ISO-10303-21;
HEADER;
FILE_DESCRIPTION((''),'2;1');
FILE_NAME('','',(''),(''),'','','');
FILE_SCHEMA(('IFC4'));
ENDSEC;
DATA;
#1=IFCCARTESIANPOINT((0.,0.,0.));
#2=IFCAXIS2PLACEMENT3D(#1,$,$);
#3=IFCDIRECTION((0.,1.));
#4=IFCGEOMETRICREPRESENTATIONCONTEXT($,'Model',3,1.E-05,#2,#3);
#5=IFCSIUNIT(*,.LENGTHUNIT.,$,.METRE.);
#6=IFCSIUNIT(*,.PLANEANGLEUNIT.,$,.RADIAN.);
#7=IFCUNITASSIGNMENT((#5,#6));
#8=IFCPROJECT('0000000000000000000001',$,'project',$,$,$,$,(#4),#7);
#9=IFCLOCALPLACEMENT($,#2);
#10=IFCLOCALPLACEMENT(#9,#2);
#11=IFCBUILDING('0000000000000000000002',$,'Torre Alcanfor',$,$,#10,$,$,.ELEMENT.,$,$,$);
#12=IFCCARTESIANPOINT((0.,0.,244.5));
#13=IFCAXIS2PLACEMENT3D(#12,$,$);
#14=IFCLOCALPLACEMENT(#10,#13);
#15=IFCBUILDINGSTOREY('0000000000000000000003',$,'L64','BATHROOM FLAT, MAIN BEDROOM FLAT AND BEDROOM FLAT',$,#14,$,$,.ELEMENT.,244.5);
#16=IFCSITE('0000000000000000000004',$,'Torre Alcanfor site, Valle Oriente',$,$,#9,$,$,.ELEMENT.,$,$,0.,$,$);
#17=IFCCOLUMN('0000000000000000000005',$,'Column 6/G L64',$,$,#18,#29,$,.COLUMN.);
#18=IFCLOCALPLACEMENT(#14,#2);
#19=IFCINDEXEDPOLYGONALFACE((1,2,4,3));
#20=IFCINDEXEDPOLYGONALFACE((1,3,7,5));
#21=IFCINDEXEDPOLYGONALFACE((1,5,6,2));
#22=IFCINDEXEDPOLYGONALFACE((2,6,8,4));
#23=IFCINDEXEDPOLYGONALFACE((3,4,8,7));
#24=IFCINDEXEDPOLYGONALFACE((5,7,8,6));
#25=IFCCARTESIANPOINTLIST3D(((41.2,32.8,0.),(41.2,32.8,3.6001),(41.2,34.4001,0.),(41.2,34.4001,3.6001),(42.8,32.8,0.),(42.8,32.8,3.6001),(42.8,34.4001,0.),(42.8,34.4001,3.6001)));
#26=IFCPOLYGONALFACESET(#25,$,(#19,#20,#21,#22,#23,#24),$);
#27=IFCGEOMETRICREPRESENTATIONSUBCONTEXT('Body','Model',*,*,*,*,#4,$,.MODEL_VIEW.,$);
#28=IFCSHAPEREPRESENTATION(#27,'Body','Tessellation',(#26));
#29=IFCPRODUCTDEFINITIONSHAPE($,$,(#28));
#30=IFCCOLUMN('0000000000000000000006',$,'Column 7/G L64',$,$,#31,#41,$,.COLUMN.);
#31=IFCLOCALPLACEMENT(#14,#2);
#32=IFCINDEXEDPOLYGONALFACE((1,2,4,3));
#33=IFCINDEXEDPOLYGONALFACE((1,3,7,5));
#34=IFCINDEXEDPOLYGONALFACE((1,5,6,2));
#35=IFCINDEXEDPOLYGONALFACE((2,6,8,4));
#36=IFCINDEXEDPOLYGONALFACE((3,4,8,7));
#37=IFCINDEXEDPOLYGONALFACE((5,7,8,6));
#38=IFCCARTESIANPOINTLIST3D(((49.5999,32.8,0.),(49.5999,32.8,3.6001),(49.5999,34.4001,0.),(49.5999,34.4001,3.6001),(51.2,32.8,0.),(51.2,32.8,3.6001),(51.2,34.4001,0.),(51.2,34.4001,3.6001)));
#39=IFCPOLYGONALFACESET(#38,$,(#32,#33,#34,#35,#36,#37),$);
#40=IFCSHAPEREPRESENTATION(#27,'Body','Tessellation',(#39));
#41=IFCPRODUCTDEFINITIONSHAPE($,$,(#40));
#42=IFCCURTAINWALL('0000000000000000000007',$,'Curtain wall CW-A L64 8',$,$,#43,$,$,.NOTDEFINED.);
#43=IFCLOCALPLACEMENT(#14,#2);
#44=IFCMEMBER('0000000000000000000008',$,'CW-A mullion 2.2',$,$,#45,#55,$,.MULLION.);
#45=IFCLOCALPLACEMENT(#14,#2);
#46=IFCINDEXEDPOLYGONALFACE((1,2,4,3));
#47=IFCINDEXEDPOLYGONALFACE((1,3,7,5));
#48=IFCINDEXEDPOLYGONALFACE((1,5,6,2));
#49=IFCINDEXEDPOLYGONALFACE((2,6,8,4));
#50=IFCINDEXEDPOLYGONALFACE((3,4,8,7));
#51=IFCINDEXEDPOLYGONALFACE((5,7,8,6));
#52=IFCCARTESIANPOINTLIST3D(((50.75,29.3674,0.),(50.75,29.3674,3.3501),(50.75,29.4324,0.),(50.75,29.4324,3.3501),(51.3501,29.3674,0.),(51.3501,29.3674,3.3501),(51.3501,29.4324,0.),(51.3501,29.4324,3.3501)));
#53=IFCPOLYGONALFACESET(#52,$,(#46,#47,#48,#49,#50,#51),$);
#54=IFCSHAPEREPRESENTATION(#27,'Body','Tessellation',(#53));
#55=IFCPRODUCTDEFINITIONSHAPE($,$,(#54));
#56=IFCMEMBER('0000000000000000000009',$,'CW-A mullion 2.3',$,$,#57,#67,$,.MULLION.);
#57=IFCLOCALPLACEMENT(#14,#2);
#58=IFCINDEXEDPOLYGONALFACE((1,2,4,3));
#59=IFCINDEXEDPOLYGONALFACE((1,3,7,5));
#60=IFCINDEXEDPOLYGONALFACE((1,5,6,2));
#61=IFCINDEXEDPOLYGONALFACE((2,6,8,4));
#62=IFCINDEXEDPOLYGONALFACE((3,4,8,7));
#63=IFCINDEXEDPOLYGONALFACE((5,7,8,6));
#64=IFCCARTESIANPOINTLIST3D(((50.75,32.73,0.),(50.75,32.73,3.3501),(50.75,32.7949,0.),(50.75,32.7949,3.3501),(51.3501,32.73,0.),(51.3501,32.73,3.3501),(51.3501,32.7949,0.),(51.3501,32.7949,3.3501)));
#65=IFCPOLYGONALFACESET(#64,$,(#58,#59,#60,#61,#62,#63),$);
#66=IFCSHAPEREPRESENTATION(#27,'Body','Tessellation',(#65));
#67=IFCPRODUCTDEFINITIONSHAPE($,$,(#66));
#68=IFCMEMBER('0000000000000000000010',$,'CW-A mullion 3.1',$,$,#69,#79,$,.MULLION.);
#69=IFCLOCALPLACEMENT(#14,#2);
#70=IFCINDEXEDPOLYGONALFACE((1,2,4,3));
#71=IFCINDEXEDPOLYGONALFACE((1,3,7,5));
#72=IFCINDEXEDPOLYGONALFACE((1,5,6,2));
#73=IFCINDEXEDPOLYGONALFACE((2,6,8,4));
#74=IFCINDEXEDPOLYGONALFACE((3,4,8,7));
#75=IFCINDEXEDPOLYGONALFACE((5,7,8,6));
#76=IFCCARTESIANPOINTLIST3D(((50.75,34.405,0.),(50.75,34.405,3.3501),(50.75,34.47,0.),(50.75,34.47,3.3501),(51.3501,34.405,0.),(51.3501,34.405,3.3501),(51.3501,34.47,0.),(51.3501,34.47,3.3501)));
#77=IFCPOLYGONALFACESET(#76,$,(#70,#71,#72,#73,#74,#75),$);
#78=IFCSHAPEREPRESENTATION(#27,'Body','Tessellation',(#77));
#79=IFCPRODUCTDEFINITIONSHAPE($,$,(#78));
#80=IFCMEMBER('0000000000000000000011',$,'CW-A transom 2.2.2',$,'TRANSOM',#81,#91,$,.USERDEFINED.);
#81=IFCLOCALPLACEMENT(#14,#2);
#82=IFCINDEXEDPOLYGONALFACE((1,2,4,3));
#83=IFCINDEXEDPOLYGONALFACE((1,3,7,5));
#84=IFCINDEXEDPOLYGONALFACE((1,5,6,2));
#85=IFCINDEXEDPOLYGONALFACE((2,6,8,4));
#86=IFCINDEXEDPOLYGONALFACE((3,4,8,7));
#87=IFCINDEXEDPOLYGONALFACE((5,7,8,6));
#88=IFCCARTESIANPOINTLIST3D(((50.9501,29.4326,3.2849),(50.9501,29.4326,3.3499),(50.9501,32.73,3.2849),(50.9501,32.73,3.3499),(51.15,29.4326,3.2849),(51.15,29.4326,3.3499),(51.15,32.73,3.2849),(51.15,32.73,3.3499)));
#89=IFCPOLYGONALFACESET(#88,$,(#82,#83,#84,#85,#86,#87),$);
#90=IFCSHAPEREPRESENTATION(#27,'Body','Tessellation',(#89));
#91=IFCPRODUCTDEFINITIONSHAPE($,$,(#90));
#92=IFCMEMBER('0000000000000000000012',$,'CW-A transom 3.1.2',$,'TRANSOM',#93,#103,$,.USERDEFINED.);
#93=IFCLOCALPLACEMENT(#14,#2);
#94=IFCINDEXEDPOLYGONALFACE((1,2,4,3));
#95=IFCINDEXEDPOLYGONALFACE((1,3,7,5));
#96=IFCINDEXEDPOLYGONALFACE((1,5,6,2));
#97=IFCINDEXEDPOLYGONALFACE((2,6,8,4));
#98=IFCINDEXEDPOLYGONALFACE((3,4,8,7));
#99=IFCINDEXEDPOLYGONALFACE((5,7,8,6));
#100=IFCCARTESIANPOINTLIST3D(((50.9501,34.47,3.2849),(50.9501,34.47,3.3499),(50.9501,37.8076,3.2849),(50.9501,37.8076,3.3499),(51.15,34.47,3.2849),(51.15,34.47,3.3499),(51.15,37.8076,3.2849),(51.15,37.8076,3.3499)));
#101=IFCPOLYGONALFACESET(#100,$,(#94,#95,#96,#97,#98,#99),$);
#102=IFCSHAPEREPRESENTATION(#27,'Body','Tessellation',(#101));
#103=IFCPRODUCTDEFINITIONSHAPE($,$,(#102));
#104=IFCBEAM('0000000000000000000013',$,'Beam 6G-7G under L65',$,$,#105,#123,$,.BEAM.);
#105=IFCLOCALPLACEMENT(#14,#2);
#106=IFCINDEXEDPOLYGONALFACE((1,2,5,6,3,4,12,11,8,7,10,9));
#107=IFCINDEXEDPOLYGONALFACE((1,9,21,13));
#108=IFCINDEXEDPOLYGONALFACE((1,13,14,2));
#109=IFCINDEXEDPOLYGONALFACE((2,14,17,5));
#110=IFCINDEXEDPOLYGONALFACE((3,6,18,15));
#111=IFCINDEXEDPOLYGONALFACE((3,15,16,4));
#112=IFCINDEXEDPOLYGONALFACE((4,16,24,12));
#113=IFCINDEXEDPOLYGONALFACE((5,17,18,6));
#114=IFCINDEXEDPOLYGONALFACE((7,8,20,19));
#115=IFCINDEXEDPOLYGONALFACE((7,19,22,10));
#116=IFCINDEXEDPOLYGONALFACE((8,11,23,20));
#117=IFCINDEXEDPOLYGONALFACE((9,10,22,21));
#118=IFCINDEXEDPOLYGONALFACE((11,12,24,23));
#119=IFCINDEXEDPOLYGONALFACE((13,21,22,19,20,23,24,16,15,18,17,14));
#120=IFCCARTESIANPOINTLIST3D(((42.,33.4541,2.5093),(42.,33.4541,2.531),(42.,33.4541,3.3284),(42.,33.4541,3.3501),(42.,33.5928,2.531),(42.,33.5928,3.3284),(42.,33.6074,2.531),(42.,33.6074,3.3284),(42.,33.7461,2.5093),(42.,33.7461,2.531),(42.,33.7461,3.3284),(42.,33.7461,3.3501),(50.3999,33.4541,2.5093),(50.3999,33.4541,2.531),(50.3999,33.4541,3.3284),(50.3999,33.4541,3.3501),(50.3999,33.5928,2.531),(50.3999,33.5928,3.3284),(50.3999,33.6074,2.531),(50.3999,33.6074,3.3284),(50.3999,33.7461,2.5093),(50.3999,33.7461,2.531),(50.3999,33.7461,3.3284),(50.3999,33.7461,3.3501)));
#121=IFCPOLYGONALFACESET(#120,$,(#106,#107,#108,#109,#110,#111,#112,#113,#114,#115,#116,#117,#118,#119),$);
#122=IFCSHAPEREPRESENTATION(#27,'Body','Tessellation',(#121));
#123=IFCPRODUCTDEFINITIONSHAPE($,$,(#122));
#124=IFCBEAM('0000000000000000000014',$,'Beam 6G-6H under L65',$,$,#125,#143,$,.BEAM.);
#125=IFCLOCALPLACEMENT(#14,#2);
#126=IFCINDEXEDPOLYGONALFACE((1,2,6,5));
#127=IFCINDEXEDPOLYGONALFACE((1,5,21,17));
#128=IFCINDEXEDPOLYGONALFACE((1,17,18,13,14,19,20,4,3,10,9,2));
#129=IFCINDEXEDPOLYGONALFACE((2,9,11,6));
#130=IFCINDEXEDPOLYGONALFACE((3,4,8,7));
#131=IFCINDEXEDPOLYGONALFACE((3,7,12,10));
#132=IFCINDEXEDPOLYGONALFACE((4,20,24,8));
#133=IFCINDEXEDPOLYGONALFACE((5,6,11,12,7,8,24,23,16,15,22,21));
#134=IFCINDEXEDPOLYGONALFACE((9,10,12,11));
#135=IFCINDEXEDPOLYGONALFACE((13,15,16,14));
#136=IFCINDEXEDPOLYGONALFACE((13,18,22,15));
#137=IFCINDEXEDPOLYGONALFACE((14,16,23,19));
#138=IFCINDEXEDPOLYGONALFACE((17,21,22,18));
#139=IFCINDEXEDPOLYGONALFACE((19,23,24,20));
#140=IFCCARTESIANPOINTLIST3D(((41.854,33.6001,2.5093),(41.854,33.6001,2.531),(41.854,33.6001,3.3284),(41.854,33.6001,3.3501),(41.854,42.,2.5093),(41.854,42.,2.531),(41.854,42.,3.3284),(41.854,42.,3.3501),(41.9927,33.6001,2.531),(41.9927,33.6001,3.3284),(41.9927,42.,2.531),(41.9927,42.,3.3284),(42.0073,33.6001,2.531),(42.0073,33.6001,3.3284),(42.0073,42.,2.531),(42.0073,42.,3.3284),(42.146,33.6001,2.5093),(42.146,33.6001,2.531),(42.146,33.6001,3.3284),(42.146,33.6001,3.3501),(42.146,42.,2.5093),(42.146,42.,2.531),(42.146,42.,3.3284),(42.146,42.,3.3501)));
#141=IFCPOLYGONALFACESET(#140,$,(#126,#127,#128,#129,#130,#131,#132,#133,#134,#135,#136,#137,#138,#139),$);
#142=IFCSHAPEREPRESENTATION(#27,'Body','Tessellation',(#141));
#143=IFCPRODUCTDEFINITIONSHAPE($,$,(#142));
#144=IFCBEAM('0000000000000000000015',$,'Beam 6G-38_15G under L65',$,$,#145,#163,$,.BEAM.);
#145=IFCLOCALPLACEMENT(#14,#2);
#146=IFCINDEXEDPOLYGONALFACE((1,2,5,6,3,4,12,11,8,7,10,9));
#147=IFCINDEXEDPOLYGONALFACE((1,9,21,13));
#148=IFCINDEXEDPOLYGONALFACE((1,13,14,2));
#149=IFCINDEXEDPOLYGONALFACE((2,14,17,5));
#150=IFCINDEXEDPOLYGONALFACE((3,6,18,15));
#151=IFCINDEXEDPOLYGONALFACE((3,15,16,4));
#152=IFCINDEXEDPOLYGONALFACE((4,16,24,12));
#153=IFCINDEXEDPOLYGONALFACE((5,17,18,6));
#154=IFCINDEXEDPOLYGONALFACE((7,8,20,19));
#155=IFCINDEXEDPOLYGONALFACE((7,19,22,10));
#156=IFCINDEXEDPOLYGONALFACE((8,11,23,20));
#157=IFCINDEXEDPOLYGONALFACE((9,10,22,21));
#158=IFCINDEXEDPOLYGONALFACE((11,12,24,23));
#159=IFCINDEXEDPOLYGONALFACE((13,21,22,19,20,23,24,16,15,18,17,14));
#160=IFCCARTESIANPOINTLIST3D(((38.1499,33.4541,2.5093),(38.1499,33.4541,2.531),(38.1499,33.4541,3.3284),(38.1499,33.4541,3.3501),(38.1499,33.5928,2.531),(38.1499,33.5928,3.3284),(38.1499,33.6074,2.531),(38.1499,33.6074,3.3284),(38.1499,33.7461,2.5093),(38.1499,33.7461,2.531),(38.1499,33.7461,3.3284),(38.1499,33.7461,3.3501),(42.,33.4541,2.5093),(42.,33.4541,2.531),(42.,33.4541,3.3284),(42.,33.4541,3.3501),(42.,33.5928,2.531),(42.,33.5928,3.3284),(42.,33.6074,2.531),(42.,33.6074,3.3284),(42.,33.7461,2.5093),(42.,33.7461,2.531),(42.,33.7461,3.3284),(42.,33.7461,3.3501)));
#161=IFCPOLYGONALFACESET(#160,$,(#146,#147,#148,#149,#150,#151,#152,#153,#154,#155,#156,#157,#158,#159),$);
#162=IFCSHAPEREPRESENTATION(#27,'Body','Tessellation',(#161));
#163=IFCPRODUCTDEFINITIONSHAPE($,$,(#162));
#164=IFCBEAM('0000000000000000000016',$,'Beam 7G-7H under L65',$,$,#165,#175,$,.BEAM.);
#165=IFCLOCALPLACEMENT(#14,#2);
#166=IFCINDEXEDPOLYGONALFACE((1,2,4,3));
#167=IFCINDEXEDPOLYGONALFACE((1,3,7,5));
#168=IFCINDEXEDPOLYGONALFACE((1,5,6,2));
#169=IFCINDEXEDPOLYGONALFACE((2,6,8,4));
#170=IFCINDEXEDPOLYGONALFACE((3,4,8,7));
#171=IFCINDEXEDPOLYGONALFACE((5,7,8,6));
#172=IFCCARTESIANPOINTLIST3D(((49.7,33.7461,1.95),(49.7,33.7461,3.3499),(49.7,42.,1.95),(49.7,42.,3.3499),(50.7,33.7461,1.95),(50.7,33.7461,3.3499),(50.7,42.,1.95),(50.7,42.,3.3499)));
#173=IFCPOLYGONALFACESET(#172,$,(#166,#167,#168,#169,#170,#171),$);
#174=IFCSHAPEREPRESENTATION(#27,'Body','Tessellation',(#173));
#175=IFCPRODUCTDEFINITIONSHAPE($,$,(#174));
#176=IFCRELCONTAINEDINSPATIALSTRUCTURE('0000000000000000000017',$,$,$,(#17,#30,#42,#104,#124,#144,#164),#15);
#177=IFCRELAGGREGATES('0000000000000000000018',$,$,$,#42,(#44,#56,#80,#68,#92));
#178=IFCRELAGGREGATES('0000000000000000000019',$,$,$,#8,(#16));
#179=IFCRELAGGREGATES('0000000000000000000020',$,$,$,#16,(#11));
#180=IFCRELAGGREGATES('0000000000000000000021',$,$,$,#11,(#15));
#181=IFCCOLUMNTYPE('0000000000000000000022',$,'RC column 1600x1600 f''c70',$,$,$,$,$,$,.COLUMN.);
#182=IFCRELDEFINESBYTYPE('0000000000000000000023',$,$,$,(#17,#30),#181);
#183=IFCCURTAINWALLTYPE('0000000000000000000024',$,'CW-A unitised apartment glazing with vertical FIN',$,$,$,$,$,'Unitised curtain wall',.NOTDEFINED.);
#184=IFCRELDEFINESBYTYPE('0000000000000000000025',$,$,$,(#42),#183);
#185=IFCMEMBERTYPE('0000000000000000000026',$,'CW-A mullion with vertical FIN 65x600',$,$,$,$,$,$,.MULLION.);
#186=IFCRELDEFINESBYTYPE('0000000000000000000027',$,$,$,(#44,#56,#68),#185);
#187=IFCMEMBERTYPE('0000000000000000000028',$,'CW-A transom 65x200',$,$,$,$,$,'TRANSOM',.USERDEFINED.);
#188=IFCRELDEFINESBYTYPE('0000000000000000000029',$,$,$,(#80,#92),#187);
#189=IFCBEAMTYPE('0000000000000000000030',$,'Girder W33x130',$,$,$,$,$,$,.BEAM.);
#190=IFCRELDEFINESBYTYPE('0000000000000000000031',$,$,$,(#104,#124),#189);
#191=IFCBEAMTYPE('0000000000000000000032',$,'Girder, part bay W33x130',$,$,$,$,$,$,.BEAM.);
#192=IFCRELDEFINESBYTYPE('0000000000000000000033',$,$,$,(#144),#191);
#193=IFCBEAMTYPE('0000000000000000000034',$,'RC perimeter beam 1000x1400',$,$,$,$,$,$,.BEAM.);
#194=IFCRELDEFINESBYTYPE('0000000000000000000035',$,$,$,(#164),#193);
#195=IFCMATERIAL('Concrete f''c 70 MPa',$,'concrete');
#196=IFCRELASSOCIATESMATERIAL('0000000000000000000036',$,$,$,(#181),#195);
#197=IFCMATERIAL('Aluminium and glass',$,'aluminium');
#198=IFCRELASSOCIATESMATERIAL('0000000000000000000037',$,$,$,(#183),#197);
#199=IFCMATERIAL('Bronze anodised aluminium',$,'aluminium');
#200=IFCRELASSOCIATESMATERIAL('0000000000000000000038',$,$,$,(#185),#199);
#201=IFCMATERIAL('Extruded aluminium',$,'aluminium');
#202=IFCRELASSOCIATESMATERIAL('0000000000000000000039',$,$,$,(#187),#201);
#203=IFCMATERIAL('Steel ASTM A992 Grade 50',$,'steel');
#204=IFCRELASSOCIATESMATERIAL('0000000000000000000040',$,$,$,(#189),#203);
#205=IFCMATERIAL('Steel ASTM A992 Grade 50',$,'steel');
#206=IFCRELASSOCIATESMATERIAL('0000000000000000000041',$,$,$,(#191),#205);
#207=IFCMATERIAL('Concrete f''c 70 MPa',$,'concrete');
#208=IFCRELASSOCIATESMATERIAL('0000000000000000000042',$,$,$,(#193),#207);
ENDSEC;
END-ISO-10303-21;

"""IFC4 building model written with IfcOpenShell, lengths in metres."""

from ifc_helpers import new_model, si_unit, direction, frame, origin, origin_2d, place, context, subcontext, project, spatial, rectangle, i_section, extrude, material, material_profile, profile_set, type_object, element, aggregate, save


model = new_model("IFC4")

# Units and contexts
model_context = context("Model", 3, precision=1e-05, world=origin(), true_north=direction((0.0, 1.0)))
body_context = subcontext(model_context, "Body", "Model", "MODEL_VIEW")
ifc_project = project(units=[si_unit("LENGTHUNIT", "METRE"), si_unit("PLANEANGLEUNIT", "RADIAN")], contexts=[model_context])

# Site, building, storey
site_placement = place(None, origin())
site = spatial("IfcSite", under=ifc_project, at=site_placement, Name="Torre Alcanfor site, Valle Oriente", CompositionType="ELEMENT", RefElevation=0.0)
building_placement = place(site_placement, origin())
building = spatial("IfcBuilding", under=site, at=building_placement, Name="Torre Alcanfor", CompositionType="ELEMENT")
storey_placement = place(building_placement, frame((0.0, 0.0, 244.5)))
storey = spatial("IfcBuildingStorey", under=building, at=storey_placement, Name="L64", Description="BATHROOM FLAT, MAIN BEDROOM FLAT AND BEDROOM FLAT", CompositionType="ELEMENT", Elevation=244.5)

# Columns
ifc_material_1 = material(Name="Concrete f'c 70 MPa", Category="concrete")
ifc_material_profile_1 = material_profile(ifc_material_1, rectangle(XDim=1.6001, YDim=1.6001, at=origin_2d()), Name="1600x1600")
ifc_profile_set_1 = profile_set([ifc_material_profile_1], Name="Concrete f'c 70 MPa")
column_type = type_object("IfcColumnType", Name="RC column 1600x1600 f'c70", PredefinedType="COLUMN", material=ifc_profile_set_1)
for number, where, z_axis, x_axis, name in (
    (1, (42.0, 33.6001, 0.0), (0.0, 0.0, 1.0), (1.0, 0.0, 0.0), "Column 6/G L64"),
    (2, (50.3999, 33.6001, 0.0), (0.0, 0.0, 1.0), (1.0, 0.0, 0.0), "Column 7/G L64"),
):
    element("IfcColumn", number, at=place(storey_placement, frame(where, z_axis=z_axis, x_axis=x_axis)), inside=storey, type_object=column_type, Name=name, PredefinedType="COLUMN", context=body_context, shape_type="SweptSolid", body=[
        extrude(rectangle(XDim=1.6001, YDim=1.6001, at=origin_2d()), origin(), (0.0, 0.0, 1.0), 3.6001),
    ])

# Curtain wall, members
ifc_material_2 = material(Name="Aluminium and glass", Category="aluminium")
curtain_wall_type = type_object("IfcCurtainWallType", Name="CW-A unitised apartment glazing with vertical FIN", ElementType="Unitised curtain wall", PredefinedType="NOTDEFINED", material=ifc_material_2)
curtain_wall_placement = place(storey_placement, origin())
curtain_wall = element("IfcCurtainWall", 3, at=curtain_wall_placement, inside=storey, type_object=curtain_wall_type, Name="Curtain wall CW-A L64 8", PredefinedType="NOTDEFINED")
ifc_material_3 = material(Name="Bronze anodised aluminium", Category="aluminium")
ifc_material_profile_2 = material_profile(ifc_material_3, rectangle(XDim=0.6001, YDim=0.0649, at=origin_2d()), Name="CW-A mullion 65x600")
ifc_profile_set_2 = profile_set([ifc_material_profile_2], Name="Bronze anodised aluminium")
member_type_1 = type_object("IfcMemberType", Name="CW-A mullion with vertical FIN 65x600", PredefinedType="MULLION", material=ifc_profile_set_2)
member_1_placement = place(storey_placement, frame((51.05, 29.3999, 0.0), z_axis=(0.0, 0.0, 1.0), x_axis=(-1.0, 0.0, 0.0)))
member_1 = element("IfcMember", 4, at=member_1_placement, type_object=member_type_1, Name="CW-A mullion 2.2", PredefinedType="MULLION", context=body_context, shape_type="SweptSolid", body=[
    extrude(rectangle(XDim=0.6001, YDim=0.0649, at=origin_2d()), origin(), (0.0, 0.0, 1.0), 3.3501),
])
member_2_placement = place(storey_placement, frame((51.05, 32.7625, 0.0), z_axis=(0.0, 0.0, 1.0), x_axis=(-1.0, 0.0, 0.0)))
member_2 = element("IfcMember", 5, at=member_2_placement, type_object=member_type_1, Name="CW-A mullion 2.3", PredefinedType="MULLION", context=body_context, shape_type="SweptSolid", body=[
    extrude(rectangle(XDim=0.6001, YDim=0.0649, at=origin_2d()), origin(), (0.0, 0.0, 1.0), 3.3501),
])
member_3_placement = place(storey_placement, frame((51.05, 34.4375, 0.0), z_axis=(0.0, 0.0, 1.0), x_axis=(-1.0, 0.0, 0.0)))
member_3 = element("IfcMember", 6, at=member_3_placement, type_object=member_type_1, Name="CW-A mullion 3.1", PredefinedType="MULLION", context=body_context, shape_type="SweptSolid", body=[
    extrude(rectangle(XDim=0.6001, YDim=0.0649, at=origin_2d()), origin(), (0.0, 0.0, 1.0), 3.3501),
])
ifc_material_4 = material(Name="Extruded aluminium", Category="aluminium")
ifc_material_profile_3 = material_profile(ifc_material_4, rectangle(XDim=0.2, YDim=0.0649, at=origin_2d()), Name="CW-A transom 200x65")
ifc_profile_set_3 = profile_set([ifc_material_profile_3], Name="Extruded aluminium")
member_type_2 = type_object("IfcMemberType", Name="CW-A transom 65x200", ElementType="TRANSOM", PredefinedType="USERDEFINED", material=ifc_profile_set_3)
member_4_placement = place(storey_placement, frame((51.05, 29.4326, 3.3174), z_axis=(0.0, 1.0, 0.0), x_axis=(-1.0, 0.0, 0.0)))
member_4 = element("IfcMember", 7, at=member_4_placement, type_object=member_type_2, Name="CW-A transom 2.2.2", ObjectType="TRANSOM", PredefinedType="USERDEFINED", context=body_context, shape_type="SweptSolid", body=[
    extrude(rectangle(XDim=0.2, YDim=0.0649, at=origin_2d()), origin(), (0.0, 0.0, 1.0), 3.2974),
])
member_5_placement = place(storey_placement, frame((51.05, 34.47, 3.3174), z_axis=(0.0, 1.0, 0.0), x_axis=(-1.0, 0.0, 0.0)))
member_5 = element("IfcMember", 8, at=member_5_placement, type_object=member_type_2, Name="CW-A transom 3.1.2", ObjectType="TRANSOM", PredefinedType="USERDEFINED", context=body_context, shape_type="SweptSolid", body=[
    extrude(rectangle(XDim=0.2, YDim=0.0649, at=origin_2d()), origin(), (0.0, 0.0, 1.0), 3.3376),
])

# Beams
ifc_material_5 = material(Name="Steel ASTM A992 Grade 50", Category="steel")
ifc_material_profile_4 = material_profile(ifc_material_5, i_section(OverallWidth=0.292, OverallDepth=0.8408, WebThickness=0.0146, FlangeThickness=0.0217, at=origin_2d()), Name="W33x130")
ifc_profile_set_4 = profile_set([ifc_material_profile_4], Name="Steel ASTM A992 Grade 50")
beam_type_1 = type_object("IfcBeamType", Name="Girder W33x130", PredefinedType="BEAM", material=ifc_profile_set_4)
for number, where, z_axis, x_axis, name in (
    (9, (42.0, 33.6001, 2.9297), (1.0, 0.0, 0.0), (0.0, 1.0, 0.0), "Beam 6G-7G under L65"),
    (10, (42.0, 33.6001, 2.9297), (0.0, 1.0, 0.0), (-1.0, 0.0, 0.0), "Beam 6G-6H under L65"),
):
    element("IfcBeam", number, at=place(storey_placement, frame(where, z_axis=z_axis, x_axis=x_axis)), inside=storey, type_object=beam_type_1, Name=name, PredefinedType="BEAM", context=body_context, shape_type="SweptSolid", body=[
        extrude(i_section(OverallWidth=0.292, OverallDepth=0.8408, WebThickness=0.0146, FlangeThickness=0.0217, at=origin_2d()), origin(), (0.0, 0.0, 1.0), 8.3999),
    ])
ifc_material_6 = material(Name="Steel ASTM A992 Grade 50", Category="steel")
ifc_material_profile_5 = material_profile(ifc_material_6, i_section(OverallWidth=0.292, OverallDepth=0.8408, WebThickness=0.0146, FlangeThickness=0.0217, at=origin_2d()), Name="W33x130")
ifc_profile_set_5 = profile_set([ifc_material_profile_5], Name="Steel ASTM A992 Grade 50")
beam_type_2 = type_object("IfcBeamType", Name="Girder, part bay W33x130", PredefinedType="BEAM", material=ifc_profile_set_5)
beam_1_placement = place(storey_placement, frame((42.0, 33.6001, 2.9297), z_axis=(-1.0, 0.0, 0.0), x_axis=(0.0, -1.0, 0.0)))
element("IfcBeam", 11, at=beam_1_placement, inside=storey, type_object=beam_type_2, Name="Beam 6G-38_15G under L65", PredefinedType="BEAM", context=body_context, shape_type="SweptSolid", body=[
    extrude(i_section(OverallWidth=0.292, OverallDepth=0.8408, WebThickness=0.0146, FlangeThickness=0.0217, at=origin_2d()), origin(), (0.0, 0.0, 1.0), 3.8501),
])
ifc_material_7 = material(Name="Concrete f'c 70 MPa", Category="concrete")
ifc_material_profile_6 = material_profile(ifc_material_7, rectangle(XDim=1.0, YDim=1.3999, at=origin_2d()), Name="1000x1400")
ifc_profile_set_6 = profile_set([ifc_material_profile_6], Name="Concrete f'c 70 MPa")
beam_type_3 = type_object("IfcBeamType", Name="RC perimeter beam 1000x1400", PredefinedType="BEAM", material=ifc_profile_set_6)
beam_2_placement = place(storey_placement, frame((50.2, 33.7461, 2.6499), z_axis=(0.0, 1.0, 0.0), x_axis=(-1.0, 0.0, 0.0)))
element("IfcBeam", 12, at=beam_2_placement, inside=storey, type_object=beam_type_3, Name="Beam 7G-7H under L65", PredefinedType="BEAM", context=body_context, shape_type="SweptSolid", body=[
    extrude(rectangle(XDim=1.0, YDim=1.3999, at=origin_2d()), origin(), (0.0, 0.0, 1.0), 8.2539),
])

aggregate(curtain_wall, [member_1, member_2, member_4, member_3, member_5])

save(model, "model.ifc")
